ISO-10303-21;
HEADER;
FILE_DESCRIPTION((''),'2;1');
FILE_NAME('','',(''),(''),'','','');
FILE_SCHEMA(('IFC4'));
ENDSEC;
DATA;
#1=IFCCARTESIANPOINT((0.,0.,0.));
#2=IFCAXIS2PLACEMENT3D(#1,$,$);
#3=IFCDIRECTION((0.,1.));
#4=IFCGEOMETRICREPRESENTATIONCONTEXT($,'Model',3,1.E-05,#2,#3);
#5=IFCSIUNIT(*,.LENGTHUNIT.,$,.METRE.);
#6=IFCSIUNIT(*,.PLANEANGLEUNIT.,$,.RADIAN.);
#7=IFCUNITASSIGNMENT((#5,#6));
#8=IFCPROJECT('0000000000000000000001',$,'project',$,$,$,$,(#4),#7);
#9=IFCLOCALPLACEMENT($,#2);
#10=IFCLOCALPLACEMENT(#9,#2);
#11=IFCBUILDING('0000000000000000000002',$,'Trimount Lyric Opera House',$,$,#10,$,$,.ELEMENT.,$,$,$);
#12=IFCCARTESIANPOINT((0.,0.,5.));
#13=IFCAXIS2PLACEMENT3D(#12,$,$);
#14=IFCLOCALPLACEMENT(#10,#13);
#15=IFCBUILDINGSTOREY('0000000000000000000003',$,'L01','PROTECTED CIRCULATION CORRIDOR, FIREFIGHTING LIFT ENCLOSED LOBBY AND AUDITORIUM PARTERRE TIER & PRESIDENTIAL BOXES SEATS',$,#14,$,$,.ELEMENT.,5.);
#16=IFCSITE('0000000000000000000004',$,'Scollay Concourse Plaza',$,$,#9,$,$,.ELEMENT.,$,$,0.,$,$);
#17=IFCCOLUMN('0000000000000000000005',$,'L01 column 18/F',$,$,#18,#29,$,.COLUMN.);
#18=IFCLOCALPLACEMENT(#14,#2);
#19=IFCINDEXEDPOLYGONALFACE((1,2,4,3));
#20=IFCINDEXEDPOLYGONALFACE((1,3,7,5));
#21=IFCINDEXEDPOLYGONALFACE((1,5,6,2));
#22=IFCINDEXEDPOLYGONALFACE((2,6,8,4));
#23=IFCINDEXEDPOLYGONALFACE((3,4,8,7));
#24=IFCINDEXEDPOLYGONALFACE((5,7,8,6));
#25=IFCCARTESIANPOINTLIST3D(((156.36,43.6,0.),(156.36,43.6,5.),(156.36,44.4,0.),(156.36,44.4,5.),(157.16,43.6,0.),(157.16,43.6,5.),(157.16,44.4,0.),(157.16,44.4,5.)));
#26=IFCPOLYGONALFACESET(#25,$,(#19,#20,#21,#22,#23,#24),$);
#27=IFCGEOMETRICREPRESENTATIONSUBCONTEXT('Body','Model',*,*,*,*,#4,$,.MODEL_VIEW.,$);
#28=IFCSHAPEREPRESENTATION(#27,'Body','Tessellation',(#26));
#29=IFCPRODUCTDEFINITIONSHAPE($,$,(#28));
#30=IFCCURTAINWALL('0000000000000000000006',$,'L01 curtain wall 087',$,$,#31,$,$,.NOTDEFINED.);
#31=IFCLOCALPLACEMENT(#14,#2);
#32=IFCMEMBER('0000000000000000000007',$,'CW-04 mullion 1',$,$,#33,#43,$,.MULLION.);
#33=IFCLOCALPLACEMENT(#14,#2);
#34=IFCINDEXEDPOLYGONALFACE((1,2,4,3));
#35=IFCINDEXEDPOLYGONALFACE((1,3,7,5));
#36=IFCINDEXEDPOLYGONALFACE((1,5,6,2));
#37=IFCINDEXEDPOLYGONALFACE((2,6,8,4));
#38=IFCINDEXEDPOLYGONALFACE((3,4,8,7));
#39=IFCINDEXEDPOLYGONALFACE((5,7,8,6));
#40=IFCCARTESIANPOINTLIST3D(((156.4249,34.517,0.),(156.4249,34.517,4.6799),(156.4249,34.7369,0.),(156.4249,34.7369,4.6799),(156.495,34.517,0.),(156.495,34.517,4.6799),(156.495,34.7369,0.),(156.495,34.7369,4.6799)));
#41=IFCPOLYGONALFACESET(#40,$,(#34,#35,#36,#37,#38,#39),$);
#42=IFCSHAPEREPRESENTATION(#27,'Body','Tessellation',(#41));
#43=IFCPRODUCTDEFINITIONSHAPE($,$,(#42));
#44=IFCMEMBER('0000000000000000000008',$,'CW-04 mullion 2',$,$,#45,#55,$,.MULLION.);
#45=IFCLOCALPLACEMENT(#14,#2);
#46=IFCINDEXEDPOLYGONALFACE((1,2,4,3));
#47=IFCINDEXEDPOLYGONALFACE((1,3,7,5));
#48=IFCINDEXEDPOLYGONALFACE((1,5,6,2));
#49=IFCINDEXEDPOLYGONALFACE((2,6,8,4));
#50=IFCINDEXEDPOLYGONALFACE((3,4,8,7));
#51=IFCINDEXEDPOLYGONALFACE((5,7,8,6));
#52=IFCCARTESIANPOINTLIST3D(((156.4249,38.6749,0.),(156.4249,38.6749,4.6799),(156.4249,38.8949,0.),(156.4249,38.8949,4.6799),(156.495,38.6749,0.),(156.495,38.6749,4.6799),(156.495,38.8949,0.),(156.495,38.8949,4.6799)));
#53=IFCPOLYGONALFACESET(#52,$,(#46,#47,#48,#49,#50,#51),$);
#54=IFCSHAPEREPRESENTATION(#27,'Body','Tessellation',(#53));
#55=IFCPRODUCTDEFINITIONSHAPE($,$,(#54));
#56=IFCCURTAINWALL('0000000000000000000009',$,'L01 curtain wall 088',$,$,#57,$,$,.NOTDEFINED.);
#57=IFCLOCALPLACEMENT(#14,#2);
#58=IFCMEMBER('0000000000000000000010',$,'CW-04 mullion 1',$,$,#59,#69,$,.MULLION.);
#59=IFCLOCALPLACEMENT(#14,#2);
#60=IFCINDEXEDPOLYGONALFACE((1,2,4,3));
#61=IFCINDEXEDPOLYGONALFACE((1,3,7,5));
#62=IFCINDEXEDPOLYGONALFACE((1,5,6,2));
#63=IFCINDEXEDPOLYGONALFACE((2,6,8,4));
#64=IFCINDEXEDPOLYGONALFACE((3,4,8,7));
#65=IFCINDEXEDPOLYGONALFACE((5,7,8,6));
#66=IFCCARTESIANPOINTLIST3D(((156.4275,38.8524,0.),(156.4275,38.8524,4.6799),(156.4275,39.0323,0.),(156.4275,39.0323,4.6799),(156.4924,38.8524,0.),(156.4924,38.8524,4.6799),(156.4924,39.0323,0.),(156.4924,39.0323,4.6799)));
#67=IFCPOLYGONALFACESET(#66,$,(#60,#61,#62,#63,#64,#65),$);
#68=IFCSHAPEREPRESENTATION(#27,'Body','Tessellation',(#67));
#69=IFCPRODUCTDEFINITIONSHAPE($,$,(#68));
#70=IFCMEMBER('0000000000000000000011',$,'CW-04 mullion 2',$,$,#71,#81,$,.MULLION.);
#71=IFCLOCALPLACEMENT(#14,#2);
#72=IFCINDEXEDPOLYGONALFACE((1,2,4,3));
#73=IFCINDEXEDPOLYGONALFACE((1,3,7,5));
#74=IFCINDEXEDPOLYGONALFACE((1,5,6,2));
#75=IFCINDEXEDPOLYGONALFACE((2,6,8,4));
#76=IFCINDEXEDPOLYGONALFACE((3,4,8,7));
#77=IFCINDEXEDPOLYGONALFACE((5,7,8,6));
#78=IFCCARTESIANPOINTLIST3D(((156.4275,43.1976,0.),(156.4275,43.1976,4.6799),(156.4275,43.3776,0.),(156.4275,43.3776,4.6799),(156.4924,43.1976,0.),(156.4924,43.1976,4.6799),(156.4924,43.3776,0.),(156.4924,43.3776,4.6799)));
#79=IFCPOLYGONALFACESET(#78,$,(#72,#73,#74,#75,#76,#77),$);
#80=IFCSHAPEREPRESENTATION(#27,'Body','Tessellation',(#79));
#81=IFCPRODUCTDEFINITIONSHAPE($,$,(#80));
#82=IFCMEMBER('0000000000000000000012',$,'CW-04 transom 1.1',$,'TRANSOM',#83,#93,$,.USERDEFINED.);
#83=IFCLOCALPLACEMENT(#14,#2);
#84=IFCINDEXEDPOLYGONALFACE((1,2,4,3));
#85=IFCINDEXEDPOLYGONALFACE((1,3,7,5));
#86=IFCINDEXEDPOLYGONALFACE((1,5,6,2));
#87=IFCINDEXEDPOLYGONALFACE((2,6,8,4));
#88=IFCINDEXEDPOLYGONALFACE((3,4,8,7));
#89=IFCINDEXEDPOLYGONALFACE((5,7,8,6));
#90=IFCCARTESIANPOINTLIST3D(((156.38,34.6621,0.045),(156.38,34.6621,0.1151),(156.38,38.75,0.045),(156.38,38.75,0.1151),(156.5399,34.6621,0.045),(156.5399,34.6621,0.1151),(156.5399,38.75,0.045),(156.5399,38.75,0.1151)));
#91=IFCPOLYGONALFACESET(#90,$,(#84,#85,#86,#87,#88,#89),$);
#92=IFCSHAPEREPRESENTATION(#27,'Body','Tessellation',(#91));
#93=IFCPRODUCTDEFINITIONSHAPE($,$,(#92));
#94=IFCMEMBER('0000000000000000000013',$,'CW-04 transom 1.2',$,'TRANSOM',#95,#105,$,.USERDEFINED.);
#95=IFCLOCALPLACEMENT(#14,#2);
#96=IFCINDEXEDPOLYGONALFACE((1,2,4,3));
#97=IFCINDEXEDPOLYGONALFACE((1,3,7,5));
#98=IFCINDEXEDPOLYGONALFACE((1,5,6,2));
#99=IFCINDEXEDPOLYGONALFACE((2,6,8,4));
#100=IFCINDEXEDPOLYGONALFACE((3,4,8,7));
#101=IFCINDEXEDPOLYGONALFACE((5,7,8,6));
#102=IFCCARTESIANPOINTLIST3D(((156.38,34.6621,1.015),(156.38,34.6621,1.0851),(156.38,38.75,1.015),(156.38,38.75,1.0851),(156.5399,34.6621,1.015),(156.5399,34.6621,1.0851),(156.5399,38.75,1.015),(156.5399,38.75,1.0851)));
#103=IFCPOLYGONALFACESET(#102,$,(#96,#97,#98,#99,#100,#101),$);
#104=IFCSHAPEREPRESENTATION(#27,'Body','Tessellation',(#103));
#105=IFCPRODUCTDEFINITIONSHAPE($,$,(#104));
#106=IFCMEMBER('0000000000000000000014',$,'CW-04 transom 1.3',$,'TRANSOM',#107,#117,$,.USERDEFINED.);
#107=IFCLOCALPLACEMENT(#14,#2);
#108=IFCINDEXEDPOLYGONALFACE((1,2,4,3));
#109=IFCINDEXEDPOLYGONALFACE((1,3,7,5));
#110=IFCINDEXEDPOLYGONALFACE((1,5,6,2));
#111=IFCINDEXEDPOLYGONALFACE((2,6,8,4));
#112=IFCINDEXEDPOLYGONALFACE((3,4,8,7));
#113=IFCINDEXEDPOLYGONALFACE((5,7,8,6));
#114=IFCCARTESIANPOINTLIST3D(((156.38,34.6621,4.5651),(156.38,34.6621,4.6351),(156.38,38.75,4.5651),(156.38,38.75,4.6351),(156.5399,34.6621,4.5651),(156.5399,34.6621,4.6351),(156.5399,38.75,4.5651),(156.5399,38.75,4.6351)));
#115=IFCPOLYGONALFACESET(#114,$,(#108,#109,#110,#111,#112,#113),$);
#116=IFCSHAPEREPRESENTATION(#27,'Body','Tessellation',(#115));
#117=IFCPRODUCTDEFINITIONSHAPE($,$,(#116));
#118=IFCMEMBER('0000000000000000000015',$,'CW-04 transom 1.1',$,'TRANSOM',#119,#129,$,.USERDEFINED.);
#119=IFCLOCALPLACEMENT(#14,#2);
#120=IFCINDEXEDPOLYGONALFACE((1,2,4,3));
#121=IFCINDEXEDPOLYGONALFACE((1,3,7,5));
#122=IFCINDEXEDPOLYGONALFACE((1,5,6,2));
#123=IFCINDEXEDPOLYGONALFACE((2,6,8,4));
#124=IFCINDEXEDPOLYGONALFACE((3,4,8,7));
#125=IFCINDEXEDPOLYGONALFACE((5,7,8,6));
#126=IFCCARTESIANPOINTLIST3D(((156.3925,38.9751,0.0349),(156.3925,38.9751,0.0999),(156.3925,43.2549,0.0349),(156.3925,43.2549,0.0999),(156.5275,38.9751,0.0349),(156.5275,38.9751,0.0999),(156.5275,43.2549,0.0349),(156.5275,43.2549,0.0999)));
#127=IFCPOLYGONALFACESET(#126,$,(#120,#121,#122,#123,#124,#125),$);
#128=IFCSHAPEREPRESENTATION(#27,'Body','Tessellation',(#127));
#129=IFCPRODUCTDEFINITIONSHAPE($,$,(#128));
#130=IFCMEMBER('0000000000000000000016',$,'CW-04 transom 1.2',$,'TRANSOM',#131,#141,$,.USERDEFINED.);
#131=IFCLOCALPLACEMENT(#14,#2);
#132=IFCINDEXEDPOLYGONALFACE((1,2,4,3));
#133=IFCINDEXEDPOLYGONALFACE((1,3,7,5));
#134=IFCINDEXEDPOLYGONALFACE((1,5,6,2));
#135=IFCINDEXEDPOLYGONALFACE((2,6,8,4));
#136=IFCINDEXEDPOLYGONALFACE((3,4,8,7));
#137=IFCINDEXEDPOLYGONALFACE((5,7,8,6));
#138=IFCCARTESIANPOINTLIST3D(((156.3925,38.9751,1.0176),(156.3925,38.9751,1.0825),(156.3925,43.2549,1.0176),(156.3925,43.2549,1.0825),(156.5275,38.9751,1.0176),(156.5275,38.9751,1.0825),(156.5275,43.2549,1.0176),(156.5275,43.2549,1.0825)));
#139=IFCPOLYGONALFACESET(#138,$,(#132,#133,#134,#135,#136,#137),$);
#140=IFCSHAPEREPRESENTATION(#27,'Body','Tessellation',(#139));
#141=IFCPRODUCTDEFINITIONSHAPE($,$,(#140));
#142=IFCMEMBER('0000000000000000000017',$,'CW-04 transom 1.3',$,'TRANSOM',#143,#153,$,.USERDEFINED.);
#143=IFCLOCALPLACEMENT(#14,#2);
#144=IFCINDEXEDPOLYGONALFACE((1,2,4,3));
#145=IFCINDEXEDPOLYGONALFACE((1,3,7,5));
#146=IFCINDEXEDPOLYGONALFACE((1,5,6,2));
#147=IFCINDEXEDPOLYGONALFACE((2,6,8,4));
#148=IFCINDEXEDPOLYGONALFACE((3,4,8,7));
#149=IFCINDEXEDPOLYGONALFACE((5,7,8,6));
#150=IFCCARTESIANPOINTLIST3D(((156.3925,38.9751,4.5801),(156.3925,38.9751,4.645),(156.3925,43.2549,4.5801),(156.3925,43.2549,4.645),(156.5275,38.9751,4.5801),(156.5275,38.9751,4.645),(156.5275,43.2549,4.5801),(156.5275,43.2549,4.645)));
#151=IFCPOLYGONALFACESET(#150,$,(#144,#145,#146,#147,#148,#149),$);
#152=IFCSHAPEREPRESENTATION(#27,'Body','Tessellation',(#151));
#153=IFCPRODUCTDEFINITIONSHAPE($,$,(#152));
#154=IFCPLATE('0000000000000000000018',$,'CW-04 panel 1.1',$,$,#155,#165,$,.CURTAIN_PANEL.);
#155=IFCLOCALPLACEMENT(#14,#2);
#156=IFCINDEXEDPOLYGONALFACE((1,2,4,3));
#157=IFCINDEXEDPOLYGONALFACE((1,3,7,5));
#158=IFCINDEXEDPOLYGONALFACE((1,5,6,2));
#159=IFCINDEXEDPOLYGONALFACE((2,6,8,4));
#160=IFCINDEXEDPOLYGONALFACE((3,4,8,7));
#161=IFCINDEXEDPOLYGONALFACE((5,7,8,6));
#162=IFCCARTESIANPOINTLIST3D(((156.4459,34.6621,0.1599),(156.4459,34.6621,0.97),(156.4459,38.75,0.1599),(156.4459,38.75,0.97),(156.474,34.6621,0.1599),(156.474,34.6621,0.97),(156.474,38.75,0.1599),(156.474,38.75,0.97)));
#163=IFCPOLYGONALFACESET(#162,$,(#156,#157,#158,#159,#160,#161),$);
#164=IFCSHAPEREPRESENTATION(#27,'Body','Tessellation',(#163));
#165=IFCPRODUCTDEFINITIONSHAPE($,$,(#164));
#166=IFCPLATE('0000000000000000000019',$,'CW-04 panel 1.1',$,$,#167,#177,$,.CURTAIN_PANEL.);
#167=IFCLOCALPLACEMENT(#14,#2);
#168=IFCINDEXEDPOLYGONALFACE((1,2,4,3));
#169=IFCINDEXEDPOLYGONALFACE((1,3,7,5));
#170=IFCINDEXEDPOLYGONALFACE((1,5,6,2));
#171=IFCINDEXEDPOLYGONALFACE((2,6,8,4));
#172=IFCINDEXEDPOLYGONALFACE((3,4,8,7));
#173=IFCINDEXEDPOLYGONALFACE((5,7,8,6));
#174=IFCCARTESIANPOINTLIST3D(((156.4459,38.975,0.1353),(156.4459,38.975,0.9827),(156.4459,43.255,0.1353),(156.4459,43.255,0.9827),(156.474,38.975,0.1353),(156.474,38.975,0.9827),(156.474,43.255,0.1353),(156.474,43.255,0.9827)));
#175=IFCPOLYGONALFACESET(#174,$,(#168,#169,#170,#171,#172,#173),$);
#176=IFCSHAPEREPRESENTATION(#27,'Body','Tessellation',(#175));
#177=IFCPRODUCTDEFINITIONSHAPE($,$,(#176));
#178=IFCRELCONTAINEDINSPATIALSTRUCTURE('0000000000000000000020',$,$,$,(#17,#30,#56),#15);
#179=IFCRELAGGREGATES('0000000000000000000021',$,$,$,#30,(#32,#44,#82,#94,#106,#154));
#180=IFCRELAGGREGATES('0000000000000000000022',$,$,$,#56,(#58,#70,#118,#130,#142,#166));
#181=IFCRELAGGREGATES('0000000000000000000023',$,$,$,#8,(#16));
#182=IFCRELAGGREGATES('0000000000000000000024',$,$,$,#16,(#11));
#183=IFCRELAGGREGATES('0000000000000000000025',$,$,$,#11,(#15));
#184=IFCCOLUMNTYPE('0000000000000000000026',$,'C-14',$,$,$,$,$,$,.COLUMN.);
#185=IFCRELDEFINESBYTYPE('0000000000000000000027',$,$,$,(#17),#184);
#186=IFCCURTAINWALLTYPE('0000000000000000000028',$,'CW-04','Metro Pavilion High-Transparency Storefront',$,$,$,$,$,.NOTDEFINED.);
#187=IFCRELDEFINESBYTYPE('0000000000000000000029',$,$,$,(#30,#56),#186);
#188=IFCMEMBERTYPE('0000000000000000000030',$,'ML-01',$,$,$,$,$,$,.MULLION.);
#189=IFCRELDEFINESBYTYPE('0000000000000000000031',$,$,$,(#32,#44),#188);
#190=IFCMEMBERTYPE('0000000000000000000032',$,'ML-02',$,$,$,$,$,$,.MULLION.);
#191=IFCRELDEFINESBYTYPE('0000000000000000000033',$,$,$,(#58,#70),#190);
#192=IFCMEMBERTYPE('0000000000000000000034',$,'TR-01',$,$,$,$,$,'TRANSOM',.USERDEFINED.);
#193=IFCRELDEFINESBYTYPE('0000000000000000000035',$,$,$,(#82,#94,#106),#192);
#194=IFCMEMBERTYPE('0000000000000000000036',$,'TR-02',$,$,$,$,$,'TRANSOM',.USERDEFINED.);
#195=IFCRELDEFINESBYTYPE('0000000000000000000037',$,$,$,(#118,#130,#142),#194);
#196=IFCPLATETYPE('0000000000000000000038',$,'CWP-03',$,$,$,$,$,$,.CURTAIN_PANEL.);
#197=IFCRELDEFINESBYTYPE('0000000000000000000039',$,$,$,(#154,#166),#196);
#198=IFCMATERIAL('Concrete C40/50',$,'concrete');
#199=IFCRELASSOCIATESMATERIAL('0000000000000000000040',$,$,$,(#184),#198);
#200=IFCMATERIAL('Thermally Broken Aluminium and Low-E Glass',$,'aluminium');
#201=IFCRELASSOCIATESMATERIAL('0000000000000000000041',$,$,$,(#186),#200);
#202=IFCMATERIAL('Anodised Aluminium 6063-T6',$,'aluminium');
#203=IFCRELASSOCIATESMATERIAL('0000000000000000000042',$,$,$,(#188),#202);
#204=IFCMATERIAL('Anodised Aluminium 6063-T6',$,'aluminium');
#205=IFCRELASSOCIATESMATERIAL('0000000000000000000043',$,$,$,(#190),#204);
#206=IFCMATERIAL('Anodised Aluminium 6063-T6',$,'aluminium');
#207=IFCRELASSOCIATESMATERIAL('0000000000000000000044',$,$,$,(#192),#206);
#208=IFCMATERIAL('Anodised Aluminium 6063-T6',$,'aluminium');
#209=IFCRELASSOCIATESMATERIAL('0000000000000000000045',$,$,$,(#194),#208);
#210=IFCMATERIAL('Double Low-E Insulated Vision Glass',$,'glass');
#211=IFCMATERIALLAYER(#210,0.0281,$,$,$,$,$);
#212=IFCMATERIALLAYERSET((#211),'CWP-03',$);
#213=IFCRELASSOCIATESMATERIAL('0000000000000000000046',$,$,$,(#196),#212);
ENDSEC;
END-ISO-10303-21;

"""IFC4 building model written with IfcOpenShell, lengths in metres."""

from ifc_helpers import new_model, si_unit, direction, frame, origin, origin_2d, place, context, subcontext, project, spatial, rectangle, extrude, material, layer, layer_set, material_profile, profile_set, type_object, element, aggregate, save


model = new_model("IFC4")

# Units and contexts
model_context = context("Model", 3, precision=1e-05, world=origin(), true_north=direction((0.0, 1.0)))
body_context = subcontext(model_context, "Body", "Model", "MODEL_VIEW")
ifc_project = project(units=[si_unit("LENGTHUNIT", "METRE"), si_unit("PLANEANGLEUNIT", "RADIAN")], contexts=[model_context])

# Site, building, storey
site_placement = place(None, origin())
site = spatial("IfcSite", under=ifc_project, at=site_placement, Name="Scollay Concourse Plaza", CompositionType="ELEMENT", RefElevation=0.0)
building_placement = place(site_placement, origin())
building = spatial("IfcBuilding", under=site, at=building_placement, Name="Trimount Lyric Opera House", CompositionType="ELEMENT")
storey_placement = place(building_placement, frame((0.0, 0.0, 5.0)))
storey = spatial("IfcBuildingStorey", under=building, at=storey_placement, Name="L01", Description="PROTECTED CIRCULATION CORRIDOR, FIREFIGHTING LIFT ENCLOSED LOBBY AND AUDITORIUM PARTERRE TIER & PRESIDENTIAL BOXES SEATS", CompositionType="ELEMENT", Elevation=5.0)

# Column
ifc_material_1 = material(Name="Concrete C40/50", Category="concrete")
ifc_material_profile_1 = material_profile(ifc_material_1, rectangle(XDim=0.8, YDim=0.8, at=origin_2d()), Name="RC800X800")
ifc_profile_set_1 = profile_set([ifc_material_profile_1], Name="Concrete C40/50")
column_type = type_object("IfcColumnType", Name="C-14", PredefinedType="COLUMN", material=ifc_profile_set_1)
column_placement = place(storey_placement, frame((156.76, 44.0, 0.0), z_axis=(0.0, 0.0, 1.0), x_axis=(1.0, 0.0, 0.0)))
element("IfcColumn", 1, at=column_placement, inside=storey, type_object=column_type, Name="L01 column 18/F", PredefinedType="COLUMN", context=body_context, shape_type="SweptSolid", body=[
    extrude(rectangle(XDim=0.8, YDim=0.8, at=origin_2d()), origin(), (0.0, 0.0, 1.0), 5.0),
])

# Curtain walls, members
ifc_material_2 = material(Name="Thermally Broken Aluminium and Low-E Glass", Category="aluminium")
curtain_wall_type = type_object("IfcCurtainWallType", Name="CW-04", Description="Metro Pavilion High-Transparency Storefront", PredefinedType="NOTDEFINED", material=ifc_material_2)
curtain_wall_1_placement = place(storey_placement, origin())
curtain_wall_1 = element("IfcCurtainWall", 2, at=curtain_wall_1_placement, inside=storey, type_object=curtain_wall_type, Name="L01 curtain wall 087", PredefinedType="NOTDEFINED")
ifc_material_3 = material(Name="Anodised Aluminium 6063-T6", Category="aluminium")
ifc_material_profile_2 = material_profile(ifc_material_3, rectangle(XDim=0.0701, YDim=0.22, at=origin_2d()), Name="ALU-MULL-70X220")
ifc_profile_set_2 = profile_set([ifc_material_profile_2], Name="Anodised Aluminium 6063-T6")
member_type_1 = type_object("IfcMemberType", Name="ML-01", PredefinedType="MULLION", material=ifc_profile_set_2)
member_1_placement = place(storey_placement, frame((156.46, 34.627, 0.0), z_axis=(0.0, 0.0, 1.0), x_axis=(-1.0, 0.0, 0.0)))
member_1 = element("IfcMember", 3, at=member_1_placement, type_object=member_type_1, Name="CW-04 mullion 1", PredefinedType="MULLION", context=body_context, shape_type="SweptSolid", body=[
    extrude(rectangle(XDim=0.0701, YDim=0.22, at=origin_2d()), origin(), (0.0, 0.0, 1.0), 4.6799),
])
member_2_placement = place(storey_placement, frame((156.46, 38.7849, 0.0), z_axis=(0.0, 0.0, 1.0), x_axis=(-1.0, 0.0, 0.0)))
member_2 = element("IfcMember", 4, at=member_2_placement, type_object=member_type_1, Name="CW-04 mullion 2", PredefinedType="MULLION", context=body_context, shape_type="SweptSolid", body=[
    extrude(rectangle(XDim=0.0701, YDim=0.22, at=origin_2d()), origin(), (0.0, 0.0, 1.0), 4.6799),
])
curtain_wall_2_placement = place(storey_placement, origin())
curtain_wall_2 = element("IfcCurtainWall", 5, at=curtain_wall_2_placement, inside=storey, type_object=curtain_wall_type, Name="L01 curtain wall 088", PredefinedType="NOTDEFINED")
ifc_material_4 = material(Name="Anodised Aluminium 6063-T6", Category="aluminium")
ifc_material_profile_3 = material_profile(ifc_material_4, rectangle(XDim=0.0649, YDim=0.1799, at=origin_2d()), Name="ALU-MULL-65X180")
ifc_profile_set_3 = profile_set([ifc_material_profile_3], Name="Anodised Aluminium 6063-T6")
member_type_2 = type_object("IfcMemberType", Name="ML-02", PredefinedType="MULLION", material=ifc_profile_set_3)
member_3_placement = place(storey_placement, frame((156.46, 38.9424, 0.0), z_axis=(0.0, 0.0, 1.0), x_axis=(-1.0, 0.0, 0.0)))
member_3 = element("IfcMember", 6, at=member_3_placement, type_object=member_type_2, Name="CW-04 mullion 1", PredefinedType="MULLION", context=body_context, shape_type="SweptSolid", body=[
    extrude(rectangle(XDim=0.0649, YDim=0.1799, at=origin_2d()), origin(), (0.0, 0.0, 1.0), 4.6799),
])
member_4_placement = place(storey_placement, frame((156.46, 43.2876, 0.0), z_axis=(0.0, 0.0, 1.0), x_axis=(-1.0, 0.0, 0.0)))
member_4 = element("IfcMember", 7, at=member_4_placement, type_object=member_type_2, Name="CW-04 mullion 2", PredefinedType="MULLION", context=body_context, shape_type="SweptSolid", body=[
    extrude(rectangle(XDim=0.0649, YDim=0.1799, at=origin_2d()), origin(), (0.0, 0.0, 1.0), 4.6799),
])

# Members
ifc_material_5 = material(Name="Anodised Aluminium 6063-T6", Category="aluminium")
ifc_material_profile_4 = material_profile(ifc_material_5, rectangle(XDim=0.1599, YDim=0.0701, at=origin_2d()), Name="ALU-TRAN-70X160")
ifc_profile_set_4 = profile_set([ifc_material_profile_4], Name="Anodised Aluminium 6063-T6")
member_type_3 = type_object("IfcMemberType", Name="TR-01", ElementType="TRANSOM", PredefinedType="USERDEFINED", material=ifc_profile_set_4)
member_5_placement = place(storey_placement, frame((156.46, 34.6621, 0.0801), z_axis=(0.0, 1.0, 0.0), x_axis=(-1.0, 0.0, 0.0)))
member_5 = element("IfcMember", 8, at=member_5_placement, type_object=member_type_3, Name="CW-04 transom 1.1", ObjectType="TRANSOM", PredefinedType="USERDEFINED", context=body_context, shape_type="SweptSolid", body=[
    extrude(rectangle(XDim=0.1599, YDim=0.0701, at=origin_2d()), origin(), (0.0, 0.0, 1.0), 4.0879),
])
member_6_placement = place(storey_placement, frame((156.46, 34.6621, 1.05), z_axis=(0.0, 1.0, 0.0), x_axis=(-1.0, 0.0, 0.0)))
member_6 = element("IfcMember", 9, at=member_6_placement, type_object=member_type_3, Name="CW-04 transom 1.2", ObjectType="TRANSOM", PredefinedType="USERDEFINED", context=body_context, shape_type="SweptSolid", body=[
    extrude(rectangle(XDim=0.1599, YDim=0.0701, at=origin_2d()), origin(), (0.0, 0.0, 1.0), 4.0879),
])
member_7_placement = place(storey_placement, frame((156.46, 34.6621, 4.6001), z_axis=(0.0, 1.0, 0.0), x_axis=(-1.0, 0.0, 0.0)))
member_7 = element("IfcMember", 10, at=member_7_placement, type_object=member_type_3, Name="CW-04 transom 1.3", ObjectType="TRANSOM", PredefinedType="USERDEFINED", context=body_context, shape_type="SweptSolid", body=[
    extrude(rectangle(XDim=0.1599, YDim=0.0701, at=origin_2d()), origin(), (0.0, 0.0, 1.0), 4.0879),
])
ifc_material_6 = material(Name="Anodised Aluminium 6063-T6", Category="aluminium")
ifc_material_profile_5 = material_profile(ifc_material_6, rectangle(XDim=0.135, YDim=0.0649, at=origin_2d()), Name="ALU-TRAN-65X135")
ifc_profile_set_5 = profile_set([ifc_material_profile_5], Name="Anodised Aluminium 6063-T6")
member_type_4 = type_object("IfcMemberType", Name="TR-02", ElementType="TRANSOM", PredefinedType="USERDEFINED", material=ifc_profile_set_5)
member_8_placement = place(storey_placement, frame((156.46, 38.9751, 0.0674), z_axis=(0.0, 1.0, 0.0), x_axis=(-1.0, 0.0, 0.0)))
member_8 = element("IfcMember", 11, at=member_8_placement, type_object=member_type_4, Name="CW-04 transom 1.1", ObjectType="TRANSOM", PredefinedType="USERDEFINED", context=body_context, shape_type="SweptSolid", body=[
    extrude(rectangle(XDim=0.135, YDim=0.0649, at=origin_2d()), origin(), (0.0, 0.0, 1.0), 4.2798),
])
member_9_placement = place(storey_placement, frame((156.46, 38.9751, 1.05), z_axis=(0.0, 1.0, 0.0), x_axis=(-1.0, 0.0, 0.0)))
member_9 = element("IfcMember", 12, at=member_9_placement, type_object=member_type_4, Name="CW-04 transom 1.2", ObjectType="TRANSOM", PredefinedType="USERDEFINED", context=body_context, shape_type="SweptSolid", body=[
    extrude(rectangle(XDim=0.135, YDim=0.0649, at=origin_2d()), origin(), (0.0, 0.0, 1.0), 4.2798),
])
member_10_placement = place(storey_placement, frame((156.46, 38.9751, 4.6125), z_axis=(0.0, 1.0, 0.0), x_axis=(-1.0, 0.0, 0.0)))
member_10 = element("IfcMember", 13, at=member_10_placement, type_object=member_type_4, Name="CW-04 transom 1.3", ObjectType="TRANSOM", PredefinedType="USERDEFINED", context=body_context, shape_type="SweptSolid", body=[
    extrude(rectangle(XDim=0.135, YDim=0.0649, at=origin_2d()), origin(), (0.0, 0.0, 1.0), 4.2798),
])

# Plates
ifc_material_7 = material(Name="Double Low-E Insulated Vision Glass", Category="glass")
ifc_layer_1 = layer(ifc_material_7, 0.0281)
ifc_layer_set_1 = layer_set([ifc_layer_1], Name="CWP-03")
plate_type_1 = type_object("IfcPlateType", Name="CWP-03", PredefinedType="CURTAIN_PANEL", material=ifc_layer_set_1)
plate_1_placement = place(storey_placement, frame((156.46, 36.7061, 0.1599), z_axis=(0.0, 0.0, 1.0), x_axis=(0.0, 1.0, 0.0)))
plate_1 = element("IfcPlate", 14, at=plate_1_placement, type_object=plate_type_1, Name="CW-04 panel 1.1", PredefinedType="CURTAIN_PANEL", context=body_context, shape_type="SweptSolid", body=[
    extrude(rectangle(XDim=4.0879, YDim=0.0281, at=origin_2d()), origin(), (0.0, 0.0, 1.0), 0.8101),
])
plate_2_placement = place(storey_placement, frame((156.46, 41.115, 0.1353), z_axis=(0.0, 0.0, 1.0), x_axis=(0.0, 1.0, 0.0)))
plate_2 = element("IfcPlate", 15, at=plate_2_placement, type_object=plate_type_1, Name="CW-04 panel 1.1", PredefinedType="CURTAIN_PANEL", context=body_context, shape_type="SweptSolid", body=[
    extrude(rectangle(XDim=4.28, YDim=0.0281, at=origin_2d()), origin(), (0.0, 0.0, 1.0), 0.8474),
])
aggregate(curtain_wall_1, [member_1, member_2, member_5, member_6, member_7, plate_1])
aggregate(curtain_wall_2, [member_3, member_4, member_8, member_9, member_10, plate_2])

save(model, "model.ifc")
